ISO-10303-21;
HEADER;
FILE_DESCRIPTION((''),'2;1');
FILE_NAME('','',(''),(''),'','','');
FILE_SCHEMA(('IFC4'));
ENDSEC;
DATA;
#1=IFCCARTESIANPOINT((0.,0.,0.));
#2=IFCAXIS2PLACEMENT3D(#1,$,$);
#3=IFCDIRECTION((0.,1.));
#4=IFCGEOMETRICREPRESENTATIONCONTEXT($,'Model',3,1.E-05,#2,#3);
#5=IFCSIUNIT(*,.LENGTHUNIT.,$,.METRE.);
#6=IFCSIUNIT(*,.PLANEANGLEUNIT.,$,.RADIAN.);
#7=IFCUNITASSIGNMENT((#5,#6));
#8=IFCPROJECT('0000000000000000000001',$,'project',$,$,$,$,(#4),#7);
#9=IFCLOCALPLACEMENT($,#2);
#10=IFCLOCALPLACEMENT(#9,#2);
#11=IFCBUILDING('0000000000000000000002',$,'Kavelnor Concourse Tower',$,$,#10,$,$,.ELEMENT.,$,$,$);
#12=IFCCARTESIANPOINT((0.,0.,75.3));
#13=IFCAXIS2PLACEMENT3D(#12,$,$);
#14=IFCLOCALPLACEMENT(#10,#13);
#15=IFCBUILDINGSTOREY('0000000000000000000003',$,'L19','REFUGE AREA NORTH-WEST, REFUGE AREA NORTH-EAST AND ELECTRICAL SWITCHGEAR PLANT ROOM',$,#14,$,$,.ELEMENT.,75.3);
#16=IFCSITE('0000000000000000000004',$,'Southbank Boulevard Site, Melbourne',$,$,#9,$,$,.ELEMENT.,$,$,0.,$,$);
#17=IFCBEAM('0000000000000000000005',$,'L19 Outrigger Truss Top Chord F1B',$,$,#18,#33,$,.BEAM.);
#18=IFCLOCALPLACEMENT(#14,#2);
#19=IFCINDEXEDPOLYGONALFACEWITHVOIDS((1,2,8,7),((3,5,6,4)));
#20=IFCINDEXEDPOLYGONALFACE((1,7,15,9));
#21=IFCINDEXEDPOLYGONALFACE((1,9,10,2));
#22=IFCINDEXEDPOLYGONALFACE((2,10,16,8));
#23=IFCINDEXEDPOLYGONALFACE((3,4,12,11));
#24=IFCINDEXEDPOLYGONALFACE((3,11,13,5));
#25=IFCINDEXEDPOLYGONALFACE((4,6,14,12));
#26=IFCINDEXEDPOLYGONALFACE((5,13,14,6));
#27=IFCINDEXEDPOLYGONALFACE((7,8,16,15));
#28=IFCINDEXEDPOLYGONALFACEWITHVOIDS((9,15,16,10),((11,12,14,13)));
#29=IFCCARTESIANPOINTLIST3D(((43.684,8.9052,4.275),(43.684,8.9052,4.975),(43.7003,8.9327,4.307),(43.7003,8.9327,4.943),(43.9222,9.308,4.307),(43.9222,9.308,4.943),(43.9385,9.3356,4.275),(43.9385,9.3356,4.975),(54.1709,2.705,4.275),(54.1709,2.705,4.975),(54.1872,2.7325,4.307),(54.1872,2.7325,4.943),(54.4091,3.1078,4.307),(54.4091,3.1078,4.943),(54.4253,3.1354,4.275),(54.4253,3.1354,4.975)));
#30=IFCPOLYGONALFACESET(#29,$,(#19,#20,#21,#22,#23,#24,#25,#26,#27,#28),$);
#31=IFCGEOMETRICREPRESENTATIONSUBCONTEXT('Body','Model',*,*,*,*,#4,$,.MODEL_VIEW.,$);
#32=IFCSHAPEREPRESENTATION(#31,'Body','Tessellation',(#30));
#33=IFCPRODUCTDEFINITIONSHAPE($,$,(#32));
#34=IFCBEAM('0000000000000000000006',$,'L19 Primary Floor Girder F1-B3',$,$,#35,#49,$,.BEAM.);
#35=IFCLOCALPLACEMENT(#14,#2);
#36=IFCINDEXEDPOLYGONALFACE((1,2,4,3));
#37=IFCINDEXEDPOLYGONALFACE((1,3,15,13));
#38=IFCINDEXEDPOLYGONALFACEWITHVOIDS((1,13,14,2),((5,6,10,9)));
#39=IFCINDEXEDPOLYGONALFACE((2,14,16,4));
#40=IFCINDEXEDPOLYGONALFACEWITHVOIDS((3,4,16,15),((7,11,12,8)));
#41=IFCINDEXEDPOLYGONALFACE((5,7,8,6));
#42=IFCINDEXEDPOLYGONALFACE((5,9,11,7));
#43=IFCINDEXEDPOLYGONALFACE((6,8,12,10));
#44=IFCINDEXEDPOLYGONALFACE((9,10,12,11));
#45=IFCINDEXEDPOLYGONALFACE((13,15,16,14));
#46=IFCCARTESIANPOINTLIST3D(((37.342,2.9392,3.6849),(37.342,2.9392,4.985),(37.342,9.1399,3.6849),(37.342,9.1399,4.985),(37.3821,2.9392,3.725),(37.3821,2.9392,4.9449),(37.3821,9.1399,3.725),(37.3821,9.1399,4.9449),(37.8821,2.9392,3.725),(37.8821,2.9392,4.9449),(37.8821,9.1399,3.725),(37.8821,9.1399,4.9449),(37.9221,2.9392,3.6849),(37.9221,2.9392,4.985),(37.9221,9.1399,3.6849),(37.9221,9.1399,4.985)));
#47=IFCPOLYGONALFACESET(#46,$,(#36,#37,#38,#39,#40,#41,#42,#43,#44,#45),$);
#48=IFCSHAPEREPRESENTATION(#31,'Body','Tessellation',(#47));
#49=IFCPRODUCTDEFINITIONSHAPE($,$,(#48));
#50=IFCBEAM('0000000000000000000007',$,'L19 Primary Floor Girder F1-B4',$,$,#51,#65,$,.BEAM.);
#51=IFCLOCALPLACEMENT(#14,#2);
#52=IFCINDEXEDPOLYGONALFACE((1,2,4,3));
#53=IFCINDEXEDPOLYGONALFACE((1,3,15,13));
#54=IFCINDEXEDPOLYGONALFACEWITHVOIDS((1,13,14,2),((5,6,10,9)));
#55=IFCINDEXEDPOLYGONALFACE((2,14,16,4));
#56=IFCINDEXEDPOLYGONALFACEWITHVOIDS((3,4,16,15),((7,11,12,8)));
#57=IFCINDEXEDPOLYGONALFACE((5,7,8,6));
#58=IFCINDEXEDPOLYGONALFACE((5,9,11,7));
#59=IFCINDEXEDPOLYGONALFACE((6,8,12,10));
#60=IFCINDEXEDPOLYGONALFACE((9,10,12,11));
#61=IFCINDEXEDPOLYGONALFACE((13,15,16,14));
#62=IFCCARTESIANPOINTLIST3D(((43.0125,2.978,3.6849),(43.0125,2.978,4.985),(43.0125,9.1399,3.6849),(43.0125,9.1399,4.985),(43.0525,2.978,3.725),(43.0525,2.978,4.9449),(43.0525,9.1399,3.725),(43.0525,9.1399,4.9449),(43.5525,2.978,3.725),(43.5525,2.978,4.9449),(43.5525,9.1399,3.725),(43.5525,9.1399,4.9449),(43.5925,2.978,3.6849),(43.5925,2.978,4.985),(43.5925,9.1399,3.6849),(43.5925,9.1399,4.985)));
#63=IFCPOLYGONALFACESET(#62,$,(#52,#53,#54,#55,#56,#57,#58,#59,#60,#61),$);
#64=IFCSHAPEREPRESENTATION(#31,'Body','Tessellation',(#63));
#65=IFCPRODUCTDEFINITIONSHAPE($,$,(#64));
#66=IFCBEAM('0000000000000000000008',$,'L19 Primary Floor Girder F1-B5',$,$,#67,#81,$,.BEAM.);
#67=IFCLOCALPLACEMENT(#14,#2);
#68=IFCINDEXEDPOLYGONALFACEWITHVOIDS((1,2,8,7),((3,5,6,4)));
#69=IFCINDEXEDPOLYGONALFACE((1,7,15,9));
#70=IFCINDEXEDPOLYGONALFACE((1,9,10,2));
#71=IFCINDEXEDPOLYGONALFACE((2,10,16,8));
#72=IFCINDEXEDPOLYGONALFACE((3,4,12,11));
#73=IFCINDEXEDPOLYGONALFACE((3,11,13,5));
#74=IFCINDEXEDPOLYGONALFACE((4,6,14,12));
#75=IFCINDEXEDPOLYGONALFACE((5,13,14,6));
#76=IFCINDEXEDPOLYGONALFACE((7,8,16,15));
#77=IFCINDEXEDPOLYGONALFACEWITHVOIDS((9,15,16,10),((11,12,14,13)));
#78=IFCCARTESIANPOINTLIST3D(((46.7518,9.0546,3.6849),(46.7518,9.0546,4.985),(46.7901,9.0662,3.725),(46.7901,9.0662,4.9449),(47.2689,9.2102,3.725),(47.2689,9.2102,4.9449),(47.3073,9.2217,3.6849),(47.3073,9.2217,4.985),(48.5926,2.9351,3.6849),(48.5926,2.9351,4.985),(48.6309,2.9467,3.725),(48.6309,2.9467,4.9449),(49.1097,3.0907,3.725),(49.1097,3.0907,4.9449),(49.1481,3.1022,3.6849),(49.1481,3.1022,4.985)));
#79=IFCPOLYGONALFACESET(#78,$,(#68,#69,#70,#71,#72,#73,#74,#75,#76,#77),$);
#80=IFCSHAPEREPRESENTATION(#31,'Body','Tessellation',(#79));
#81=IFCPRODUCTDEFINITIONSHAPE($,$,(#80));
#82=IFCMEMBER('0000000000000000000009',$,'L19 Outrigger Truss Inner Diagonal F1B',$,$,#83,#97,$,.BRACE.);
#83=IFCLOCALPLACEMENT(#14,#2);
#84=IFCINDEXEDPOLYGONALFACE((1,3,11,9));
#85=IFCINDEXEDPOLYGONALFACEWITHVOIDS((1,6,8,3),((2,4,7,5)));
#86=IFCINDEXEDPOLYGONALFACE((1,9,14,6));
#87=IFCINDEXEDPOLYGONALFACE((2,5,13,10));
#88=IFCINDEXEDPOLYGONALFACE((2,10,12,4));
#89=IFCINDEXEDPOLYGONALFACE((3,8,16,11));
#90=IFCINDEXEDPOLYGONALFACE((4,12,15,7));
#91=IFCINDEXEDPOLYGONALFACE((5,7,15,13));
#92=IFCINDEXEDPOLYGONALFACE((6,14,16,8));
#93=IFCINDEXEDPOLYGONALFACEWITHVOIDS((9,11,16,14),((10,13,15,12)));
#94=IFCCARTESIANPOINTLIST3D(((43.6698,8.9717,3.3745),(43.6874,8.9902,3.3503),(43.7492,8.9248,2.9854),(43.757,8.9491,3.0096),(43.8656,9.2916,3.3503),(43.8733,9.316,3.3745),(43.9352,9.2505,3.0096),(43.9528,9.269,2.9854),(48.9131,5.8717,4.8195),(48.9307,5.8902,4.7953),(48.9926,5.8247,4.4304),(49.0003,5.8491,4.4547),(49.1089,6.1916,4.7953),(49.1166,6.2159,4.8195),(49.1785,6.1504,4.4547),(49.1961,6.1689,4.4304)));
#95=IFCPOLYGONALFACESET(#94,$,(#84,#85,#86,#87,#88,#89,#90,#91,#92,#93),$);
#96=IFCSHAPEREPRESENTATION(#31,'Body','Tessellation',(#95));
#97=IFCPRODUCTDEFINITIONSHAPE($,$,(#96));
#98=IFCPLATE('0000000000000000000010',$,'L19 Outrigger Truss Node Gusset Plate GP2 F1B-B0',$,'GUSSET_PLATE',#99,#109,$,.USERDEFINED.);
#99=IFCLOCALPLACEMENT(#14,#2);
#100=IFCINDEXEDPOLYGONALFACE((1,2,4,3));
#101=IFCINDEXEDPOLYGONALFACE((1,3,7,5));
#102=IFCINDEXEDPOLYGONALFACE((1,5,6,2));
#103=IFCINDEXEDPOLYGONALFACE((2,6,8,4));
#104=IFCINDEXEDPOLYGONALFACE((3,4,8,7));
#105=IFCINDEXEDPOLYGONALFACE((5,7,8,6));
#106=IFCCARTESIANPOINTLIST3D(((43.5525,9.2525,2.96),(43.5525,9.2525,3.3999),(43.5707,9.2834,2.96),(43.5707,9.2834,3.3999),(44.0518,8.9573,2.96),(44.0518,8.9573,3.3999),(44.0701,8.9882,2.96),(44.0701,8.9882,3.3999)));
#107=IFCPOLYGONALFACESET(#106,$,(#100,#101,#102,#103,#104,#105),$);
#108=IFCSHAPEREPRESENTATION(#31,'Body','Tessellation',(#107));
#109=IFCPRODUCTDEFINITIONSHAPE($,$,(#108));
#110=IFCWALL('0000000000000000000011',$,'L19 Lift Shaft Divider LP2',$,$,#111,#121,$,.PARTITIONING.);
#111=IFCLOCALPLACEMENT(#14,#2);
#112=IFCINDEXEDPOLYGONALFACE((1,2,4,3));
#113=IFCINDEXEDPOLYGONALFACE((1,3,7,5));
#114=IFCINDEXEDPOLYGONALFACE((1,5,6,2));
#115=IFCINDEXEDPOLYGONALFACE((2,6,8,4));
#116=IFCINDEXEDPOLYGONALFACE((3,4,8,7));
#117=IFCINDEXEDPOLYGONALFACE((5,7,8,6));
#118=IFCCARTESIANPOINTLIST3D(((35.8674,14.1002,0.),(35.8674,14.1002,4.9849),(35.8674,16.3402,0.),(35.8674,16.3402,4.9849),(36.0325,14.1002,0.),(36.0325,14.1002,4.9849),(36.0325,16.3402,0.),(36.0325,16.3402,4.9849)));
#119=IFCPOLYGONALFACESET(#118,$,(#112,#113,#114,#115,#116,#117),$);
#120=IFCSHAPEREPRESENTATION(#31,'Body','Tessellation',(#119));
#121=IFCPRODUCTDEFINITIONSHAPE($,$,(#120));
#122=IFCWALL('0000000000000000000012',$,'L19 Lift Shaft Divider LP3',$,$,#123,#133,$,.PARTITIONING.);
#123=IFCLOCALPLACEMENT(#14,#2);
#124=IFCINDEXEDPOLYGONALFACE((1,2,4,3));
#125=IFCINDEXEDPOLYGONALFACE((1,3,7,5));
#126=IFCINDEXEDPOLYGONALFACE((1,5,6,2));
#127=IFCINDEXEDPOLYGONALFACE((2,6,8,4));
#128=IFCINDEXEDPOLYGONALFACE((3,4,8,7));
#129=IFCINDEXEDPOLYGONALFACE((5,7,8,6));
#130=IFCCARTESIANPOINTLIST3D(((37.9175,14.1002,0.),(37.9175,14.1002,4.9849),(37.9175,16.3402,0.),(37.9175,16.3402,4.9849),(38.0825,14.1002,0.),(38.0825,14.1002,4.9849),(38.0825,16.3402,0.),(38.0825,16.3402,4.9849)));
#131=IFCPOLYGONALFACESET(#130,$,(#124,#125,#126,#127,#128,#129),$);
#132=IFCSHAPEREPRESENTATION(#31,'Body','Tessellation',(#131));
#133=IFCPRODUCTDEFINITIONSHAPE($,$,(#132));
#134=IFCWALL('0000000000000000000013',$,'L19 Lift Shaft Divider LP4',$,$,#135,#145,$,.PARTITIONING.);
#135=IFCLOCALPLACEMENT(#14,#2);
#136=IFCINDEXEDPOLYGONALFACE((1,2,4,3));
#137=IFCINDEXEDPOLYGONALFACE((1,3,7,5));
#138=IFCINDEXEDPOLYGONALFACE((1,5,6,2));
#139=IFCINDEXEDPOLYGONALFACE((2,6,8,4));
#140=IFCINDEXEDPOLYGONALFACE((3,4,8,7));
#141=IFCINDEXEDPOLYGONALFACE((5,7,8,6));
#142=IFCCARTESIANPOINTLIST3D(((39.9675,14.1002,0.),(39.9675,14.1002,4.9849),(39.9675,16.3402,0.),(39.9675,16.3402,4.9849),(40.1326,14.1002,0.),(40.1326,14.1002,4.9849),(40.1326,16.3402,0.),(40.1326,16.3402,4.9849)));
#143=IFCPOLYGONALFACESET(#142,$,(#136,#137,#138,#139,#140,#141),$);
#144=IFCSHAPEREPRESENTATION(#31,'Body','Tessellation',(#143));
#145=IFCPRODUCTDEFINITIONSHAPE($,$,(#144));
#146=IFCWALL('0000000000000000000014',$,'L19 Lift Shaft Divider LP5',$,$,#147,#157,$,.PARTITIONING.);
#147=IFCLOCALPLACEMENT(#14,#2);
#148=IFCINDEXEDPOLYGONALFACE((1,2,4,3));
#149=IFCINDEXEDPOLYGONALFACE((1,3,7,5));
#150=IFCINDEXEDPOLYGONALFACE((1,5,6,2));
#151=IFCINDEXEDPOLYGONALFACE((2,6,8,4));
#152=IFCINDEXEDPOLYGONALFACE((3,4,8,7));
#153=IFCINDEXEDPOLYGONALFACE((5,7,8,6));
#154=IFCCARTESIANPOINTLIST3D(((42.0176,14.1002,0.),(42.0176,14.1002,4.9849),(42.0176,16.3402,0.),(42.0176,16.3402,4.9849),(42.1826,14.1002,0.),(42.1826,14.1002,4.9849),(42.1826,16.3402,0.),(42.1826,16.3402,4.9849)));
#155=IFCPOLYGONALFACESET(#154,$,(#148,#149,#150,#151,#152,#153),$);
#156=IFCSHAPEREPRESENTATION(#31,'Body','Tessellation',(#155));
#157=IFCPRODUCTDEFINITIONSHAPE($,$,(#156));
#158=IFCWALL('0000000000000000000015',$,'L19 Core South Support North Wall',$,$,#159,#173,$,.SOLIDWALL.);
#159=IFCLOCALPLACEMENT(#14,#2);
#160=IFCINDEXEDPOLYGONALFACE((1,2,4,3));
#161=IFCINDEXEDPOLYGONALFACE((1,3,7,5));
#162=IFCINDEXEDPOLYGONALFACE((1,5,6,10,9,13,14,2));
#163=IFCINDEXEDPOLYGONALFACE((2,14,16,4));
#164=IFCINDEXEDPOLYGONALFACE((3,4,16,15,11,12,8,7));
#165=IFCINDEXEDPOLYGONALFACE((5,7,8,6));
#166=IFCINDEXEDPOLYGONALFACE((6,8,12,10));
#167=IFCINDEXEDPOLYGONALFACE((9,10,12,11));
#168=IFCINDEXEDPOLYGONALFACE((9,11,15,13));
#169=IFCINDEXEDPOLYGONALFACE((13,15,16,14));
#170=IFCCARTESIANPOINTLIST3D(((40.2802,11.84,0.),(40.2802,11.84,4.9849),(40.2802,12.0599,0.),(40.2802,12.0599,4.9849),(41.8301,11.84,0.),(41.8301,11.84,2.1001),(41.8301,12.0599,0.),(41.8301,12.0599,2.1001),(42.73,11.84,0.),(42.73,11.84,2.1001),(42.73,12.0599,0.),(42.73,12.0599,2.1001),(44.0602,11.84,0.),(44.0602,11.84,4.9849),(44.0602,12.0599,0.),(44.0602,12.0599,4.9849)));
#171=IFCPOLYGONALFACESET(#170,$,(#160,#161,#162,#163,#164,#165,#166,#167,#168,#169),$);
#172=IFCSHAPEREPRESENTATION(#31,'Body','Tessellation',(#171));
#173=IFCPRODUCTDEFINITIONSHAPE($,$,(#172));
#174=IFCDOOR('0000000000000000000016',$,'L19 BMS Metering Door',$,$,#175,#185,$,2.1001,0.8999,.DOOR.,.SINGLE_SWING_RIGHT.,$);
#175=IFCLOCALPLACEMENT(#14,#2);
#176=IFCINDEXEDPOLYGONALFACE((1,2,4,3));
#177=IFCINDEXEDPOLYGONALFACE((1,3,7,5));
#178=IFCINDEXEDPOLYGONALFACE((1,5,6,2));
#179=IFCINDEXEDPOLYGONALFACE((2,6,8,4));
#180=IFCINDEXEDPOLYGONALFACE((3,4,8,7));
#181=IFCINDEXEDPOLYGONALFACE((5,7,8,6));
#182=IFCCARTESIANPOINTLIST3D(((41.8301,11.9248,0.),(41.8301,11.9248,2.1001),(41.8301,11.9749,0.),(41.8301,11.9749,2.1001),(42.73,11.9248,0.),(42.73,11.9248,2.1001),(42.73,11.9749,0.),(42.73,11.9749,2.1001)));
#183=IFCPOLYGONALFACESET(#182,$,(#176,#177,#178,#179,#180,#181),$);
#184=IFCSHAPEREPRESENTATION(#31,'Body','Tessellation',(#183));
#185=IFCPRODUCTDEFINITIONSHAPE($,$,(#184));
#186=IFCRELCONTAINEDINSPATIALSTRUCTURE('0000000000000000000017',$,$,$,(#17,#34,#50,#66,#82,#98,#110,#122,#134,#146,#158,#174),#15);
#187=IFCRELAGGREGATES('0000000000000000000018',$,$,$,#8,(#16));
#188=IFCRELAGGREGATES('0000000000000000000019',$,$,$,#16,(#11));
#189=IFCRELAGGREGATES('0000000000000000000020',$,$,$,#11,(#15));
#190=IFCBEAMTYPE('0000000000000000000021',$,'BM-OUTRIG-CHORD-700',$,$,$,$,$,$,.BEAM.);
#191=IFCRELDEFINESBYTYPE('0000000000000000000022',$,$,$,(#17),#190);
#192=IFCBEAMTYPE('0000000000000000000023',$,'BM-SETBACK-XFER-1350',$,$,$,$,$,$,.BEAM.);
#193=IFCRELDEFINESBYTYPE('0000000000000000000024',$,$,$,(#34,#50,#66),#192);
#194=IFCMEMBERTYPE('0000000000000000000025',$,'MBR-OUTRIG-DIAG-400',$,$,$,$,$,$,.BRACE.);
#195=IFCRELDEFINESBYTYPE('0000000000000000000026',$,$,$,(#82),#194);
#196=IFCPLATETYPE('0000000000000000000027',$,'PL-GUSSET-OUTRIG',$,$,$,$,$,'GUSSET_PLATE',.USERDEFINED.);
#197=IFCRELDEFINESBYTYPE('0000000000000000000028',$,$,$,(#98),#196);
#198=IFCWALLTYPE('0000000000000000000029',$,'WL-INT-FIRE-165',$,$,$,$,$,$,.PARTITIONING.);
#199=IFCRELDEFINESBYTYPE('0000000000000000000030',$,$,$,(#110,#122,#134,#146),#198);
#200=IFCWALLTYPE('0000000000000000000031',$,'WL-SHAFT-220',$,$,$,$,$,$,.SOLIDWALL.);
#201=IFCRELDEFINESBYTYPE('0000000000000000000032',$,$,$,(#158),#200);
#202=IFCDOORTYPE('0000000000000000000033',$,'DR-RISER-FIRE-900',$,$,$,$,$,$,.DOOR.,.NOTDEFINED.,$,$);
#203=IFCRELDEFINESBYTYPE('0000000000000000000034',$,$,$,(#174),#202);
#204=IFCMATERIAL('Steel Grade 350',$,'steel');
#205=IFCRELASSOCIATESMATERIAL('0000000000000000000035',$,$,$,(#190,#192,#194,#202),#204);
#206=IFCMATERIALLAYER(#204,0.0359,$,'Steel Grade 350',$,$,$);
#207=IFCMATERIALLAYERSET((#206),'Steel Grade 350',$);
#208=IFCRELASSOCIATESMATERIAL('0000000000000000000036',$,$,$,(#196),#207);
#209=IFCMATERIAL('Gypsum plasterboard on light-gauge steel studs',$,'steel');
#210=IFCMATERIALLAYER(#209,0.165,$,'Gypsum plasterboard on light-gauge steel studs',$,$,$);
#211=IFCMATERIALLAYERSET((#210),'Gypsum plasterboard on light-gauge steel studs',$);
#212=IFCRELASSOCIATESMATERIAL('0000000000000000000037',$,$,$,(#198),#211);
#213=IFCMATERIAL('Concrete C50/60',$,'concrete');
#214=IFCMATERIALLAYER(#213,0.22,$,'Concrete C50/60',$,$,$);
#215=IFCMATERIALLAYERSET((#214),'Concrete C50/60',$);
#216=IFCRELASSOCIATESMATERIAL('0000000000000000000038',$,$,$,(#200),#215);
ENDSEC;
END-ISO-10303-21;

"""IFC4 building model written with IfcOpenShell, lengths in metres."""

from ifc_helpers import new_model, si_unit, direction, frame, frame_2d, origin, origin_2d, place, context, subcontext, project, spatial, rectangle, hollow_rectangle, extrude, material, layer, layer_set, material_profile, profile_set, type_object, element, fill, save


model = new_model("IFC4")

# Units and contexts
model_context = context("Model", 3, precision=1e-05, world=origin(), true_north=direction((0.0, 1.0)))
body_context = subcontext(model_context, "Body", "Model", "MODEL_VIEW")
ifc_project = project(units=[si_unit("LENGTHUNIT", "METRE"), si_unit("PLANEANGLEUNIT", "RADIAN")], contexts=[model_context])

# Site, building, storey
site_placement = place(None, origin())
site = spatial("IfcSite", under=ifc_project, at=site_placement, Name="Southbank Boulevard Site, Melbourne", CompositionType="ELEMENT", RefElevation=0.0)
building_placement = place(site_placement, origin())
building = spatial("IfcBuilding", under=site, at=building_placement, Name="Kavelnor Concourse Tower", CompositionType="ELEMENT")
storey_placement = place(building_placement, frame((0.0, 0.0, 75.3)))
storey = spatial("IfcBuildingStorey", under=building, at=storey_placement, Name="L19", Description="REFUGE AREA NORTH-WEST, REFUGE AREA NORTH-EAST AND ELECTRICAL SWITCHGEAR PLANT ROOM", CompositionType="ELEMENT", Elevation=75.3)

# Beams
ifc_material_1 = material(Name="Steel Grade 350", Category="steel")
ifc_material_profile_1 = material_profile(ifc_material_1, hollow_rectangle(XDim=0.5, YDim=0.7, WallThickness=0.032, at=origin_2d()), Name="RHS 700x500x32")
ifc_profile_set_1 = profile_set([ifc_material_profile_1], Name="Steel Grade 350")
beam_type_1 = type_object("IfcBeamType", Name="BM-OUTRIG-CHORD-700", PredefinedType="BEAM", material=ifc_profile_set_1)
beam_1_placement = place(storey_placement, frame((43.8113, 9.1204, 4.625), z_axis=(0.860803, -0.508939, 0.0), x_axis=(0.508939, 0.860803, 0.0)))
element("IfcBeam", 1, at=beam_1_placement, inside=storey, type_object=beam_type_1, Name="L19 Outrigger Truss Top Chord F1B", PredefinedType="BEAM", context=body_context, shape_type="SweptSolid", body=[
    extrude(hollow_rectangle(XDim=0.5, YDim=0.7, WallThickness=0.032, at=origin_2d()), origin(), (0.0, 0.0, 1.0), 12.1826),
])
ifc_material_profile_2 = material_profile(ifc_material_1, hollow_rectangle(XDim=0.5801, YDim=1.3, WallThickness=0.04, at=origin_2d()), Name="RHS 1300x580x40")
ifc_profile_set_2 = profile_set([ifc_material_profile_2], Name="Steel Grade 350")
beam_type_2 = type_object("IfcBeamType", Name="BM-SETBACK-XFER-1350", PredefinedType="BEAM", material=ifc_profile_set_2)
beam_2_placement = place(storey_placement, frame((37.6321, 9.1399, 4.335), z_axis=(0.0, -1.0, 0.0), x_axis=(1.0, 0.0, 0.0)))
element("IfcBeam", 2, at=beam_2_placement, inside=storey, type_object=beam_type_2, Name="L19 Primary Floor Girder F1-B3", PredefinedType="BEAM", context=body_context, shape_type="SweptSolid", body=[
    extrude(hollow_rectangle(XDim=0.5801, YDim=1.3, WallThickness=0.04, at=origin_2d()), origin(), (0.0, 0.0, 1.0), 6.2007),
])
beam_3_placement = place(storey_placement, frame((43.3025, 9.1399, 4.335), z_axis=(0.0, -1.0, 0.0), x_axis=(1.0, 0.0, 0.0)))
element("IfcBeam", 3, at=beam_3_placement, inside=storey, type_object=beam_type_2, Name="L19 Primary Floor Girder F1-B4", PredefinedType="BEAM", context=body_context, shape_type="SweptSolid", body=[
    extrude(hollow_rectangle(XDim=0.5801, YDim=1.3, WallThickness=0.04, at=origin_2d()), origin(), (0.0, 0.0, 1.0), 6.1619),
])
beam_4_placement = place(storey_placement, frame((47.0295, 9.1382, 4.335), z_axis=(0.288056, -0.957614, 0.0), x_axis=(0.957614, 0.288056, 0.0)))
element("IfcBeam", 4, at=beam_4_placement, inside=storey, type_object=beam_type_2, Name="L19 Primary Floor Girder F1-B5", PredefinedType="BEAM", context=body_context, shape_type="SweptSolid", body=[
    extrude(hollow_rectangle(XDim=0.5801, YDim=1.3, WallThickness=0.04, at=origin_2d()), origin(), (0.0, 0.0, 1.0), 6.3904),
])

# Member
ifc_material_profile_3 = material_profile(ifc_material_1, hollow_rectangle(XDim=0.3999, YDim=0.3999, WallThickness=0.0249, at=origin_2d()), Name="SHS 400x400x25")
ifc_profile_set_3 = profile_set([ifc_material_profile_3], Name="Steel Grade 350")
member_type = type_object("IfcMemberType", Name="MBR-OUTRIG-DIAG-400", PredefinedType="BRACE", material=ifc_profile_set_3)
member_placement = place(storey_placement, frame((43.8113, 9.1204, 3.1799), z_axis=(0.837556, -0.495194, 0.230828), x_axis=(0.508939, 0.860803, 0.0)))
element("IfcMember", 5, at=member_placement, inside=storey, type_object=member_type, Name="L19 Outrigger Truss Inner Diagonal F1B", PredefinedType="BRACE", context=body_context, shape_type="SweptSolid", body=[
    extrude(hollow_rectangle(XDim=0.3999, YDim=0.3999, WallThickness=0.0249, at=origin_2d()), origin(), (0.0, 0.0, 1.0), 6.2603),
])

# Plate
ifc_layer_1 = layer(ifc_material_1, 0.0359, Name="Steel Grade 350")
ifc_layer_set_1 = layer_set([ifc_layer_1], Name="Steel Grade 350")
plate_type = type_object("IfcPlateType", Name="PL-GUSSET-OUTRIG", ElementType="GUSSET_PLATE", PredefinedType="USERDEFINED", material=ifc_layer_set_1)
plate_placement = place(storey_placement, frame((43.8113, 9.1204, 2.96), z_axis=(0.0, 0.0, 1.0), x_axis=(0.860831, -0.508891, 0.0)))
element("IfcPlate", 6, at=plate_placement, inside=storey, type_object=plate_type, Name="L19 Outrigger Truss Node Gusset Plate GP2 F1B-B0", ObjectType="GUSSET_PLATE", PredefinedType="USERDEFINED", context=body_context, shape_type="SweptSolid", body=[
    extrude(rectangle(XDim=0.5801, YDim=0.0359, at=origin_2d()), origin(), (0.0, 0.0, 1.0), 0.4399),
])

# Walls
ifc_material_2 = material(Name="Gypsum plasterboard on light-gauge steel studs", Category="steel")
ifc_layer_2 = layer(ifc_material_2, 0.165, Name="Gypsum plasterboard on light-gauge steel studs")
ifc_layer_set_2 = layer_set([ifc_layer_2], Name="Gypsum plasterboard on light-gauge steel studs")
wall_type_1 = type_object("IfcWallType", Name="WL-INT-FIRE-165", PredefinedType="PARTITIONING", material=ifc_layer_set_2)
for number, where, z_axis, x_axis, name in (
    (7, (35.95, 14.1001, 0.0), (0.0, 0.0, 1.0), (0.0, 1.0, 0.0), "L19 Lift Shaft Divider LP2"),
    (8, (38.0, 14.1001, 0.0), (0.0, 0.0, 1.0), (0.0, 1.0, 0.0), "L19 Lift Shaft Divider LP3"),
    (9, (40.05, 14.1001, 0.0), (0.0, 0.0, 1.0), (0.0, 1.0, 0.0), "L19 Lift Shaft Divider LP4"),
    (10, (42.1001, 14.1001, 0.0), (0.0, 0.0, 1.0), (0.0, 1.0, 0.0), "L19 Lift Shaft Divider LP5"),
):
    element("IfcWall", number, at=place(storey_placement, frame(where, z_axis=z_axis, x_axis=x_axis)), inside=storey, type_object=wall_type_1, Name=name, PredefinedType="PARTITIONING", context=body_context, shape_type="SweptSolid", body=[
        extrude(rectangle(XDim=2.24, YDim=0.165, at=frame_2d((1.1201, 0.0))), origin(), (0.0, 0.0, 1.0), 4.9849),
    ])

# Wall, opening, door
ifc_material_3 = material(Name="Concrete C50/60", Category="concrete")
ifc_layer_3 = layer(ifc_material_3, 0.22, Name="Concrete C50/60")
ifc_layer_set_3 = layer_set([ifc_layer_3], Name="Concrete C50/60")
wall_type_2 = type_object("IfcWallType", Name="WL-SHAFT-220", PredefinedType="SOLIDWALL", material=ifc_layer_set_3)
wall_1_placement = place(storey_placement, frame((40.28, 11.95, 0.0), z_axis=(0.0, 0.0, 1.0), x_axis=(1.0, 0.0, 0.0)))
wall_1 = element("IfcWall", 11, at=wall_1_placement, inside=storey, type_object=wall_type_2, Name="L19 Core South Support North Wall", PredefinedType="SOLIDWALL", context=body_context, shape_type="SweptSolid", body=[
    extrude(rectangle(XDim=3.78, YDim=0.22, at=frame_2d((1.8901, 0.0))), origin(), (0.0, 0.0, 1.0), 4.9849),
])
opening_1_placement = place(wall_1_placement, frame((1.55, 0.0, 0.0)))
opening_1 = element("IfcOpeningElement", 12, at=opening_1_placement, cuts=wall_1, PredefinedType="OPENING", context=body_context, shape_type="SweptSolid", body=[
    extrude(rectangle(XDim=0.8999, YDim=2.1001, at=frame_2d((0.45, 1.05))), frame((0.0, 0.1201, 0.0), z_axis=(0.0, -1.0, 0.0), x_axis=(1.0, 0.0, 0.0)), (0.0, 0.0, 1.0), 0.24),
])
door_type_1 = type_object("IfcDoorType", Name="DR-RISER-FIRE-900", OperationType="NOTDEFINED", PredefinedType="DOOR", material=ifc_material_1)
door_1_placement = place(opening_1_placement, origin())
door_1 = element("IfcDoor", 13, at=door_1_placement, inside=storey, type_object=door_type_1, Name="L19 BMS Metering Door", OperationType="SINGLE_SWING_RIGHT", OverallHeight=2.1001, OverallWidth=0.8999, PredefinedType="DOOR", context=body_context, shape_type="SweptSolid", body=[
    extrude(rectangle(XDim=0.8999, YDim=2.1001, at=frame_2d((0.45, 1.05))), frame((0.0, 0.0249, 0.0), z_axis=(0.0, -1.0, 0.0), x_axis=(1.0, 0.0, 0.0)), (0.0, 0.0, 1.0), 0.05),
])
fill(opening_1, door_1)

save(model, "model.ifc")
